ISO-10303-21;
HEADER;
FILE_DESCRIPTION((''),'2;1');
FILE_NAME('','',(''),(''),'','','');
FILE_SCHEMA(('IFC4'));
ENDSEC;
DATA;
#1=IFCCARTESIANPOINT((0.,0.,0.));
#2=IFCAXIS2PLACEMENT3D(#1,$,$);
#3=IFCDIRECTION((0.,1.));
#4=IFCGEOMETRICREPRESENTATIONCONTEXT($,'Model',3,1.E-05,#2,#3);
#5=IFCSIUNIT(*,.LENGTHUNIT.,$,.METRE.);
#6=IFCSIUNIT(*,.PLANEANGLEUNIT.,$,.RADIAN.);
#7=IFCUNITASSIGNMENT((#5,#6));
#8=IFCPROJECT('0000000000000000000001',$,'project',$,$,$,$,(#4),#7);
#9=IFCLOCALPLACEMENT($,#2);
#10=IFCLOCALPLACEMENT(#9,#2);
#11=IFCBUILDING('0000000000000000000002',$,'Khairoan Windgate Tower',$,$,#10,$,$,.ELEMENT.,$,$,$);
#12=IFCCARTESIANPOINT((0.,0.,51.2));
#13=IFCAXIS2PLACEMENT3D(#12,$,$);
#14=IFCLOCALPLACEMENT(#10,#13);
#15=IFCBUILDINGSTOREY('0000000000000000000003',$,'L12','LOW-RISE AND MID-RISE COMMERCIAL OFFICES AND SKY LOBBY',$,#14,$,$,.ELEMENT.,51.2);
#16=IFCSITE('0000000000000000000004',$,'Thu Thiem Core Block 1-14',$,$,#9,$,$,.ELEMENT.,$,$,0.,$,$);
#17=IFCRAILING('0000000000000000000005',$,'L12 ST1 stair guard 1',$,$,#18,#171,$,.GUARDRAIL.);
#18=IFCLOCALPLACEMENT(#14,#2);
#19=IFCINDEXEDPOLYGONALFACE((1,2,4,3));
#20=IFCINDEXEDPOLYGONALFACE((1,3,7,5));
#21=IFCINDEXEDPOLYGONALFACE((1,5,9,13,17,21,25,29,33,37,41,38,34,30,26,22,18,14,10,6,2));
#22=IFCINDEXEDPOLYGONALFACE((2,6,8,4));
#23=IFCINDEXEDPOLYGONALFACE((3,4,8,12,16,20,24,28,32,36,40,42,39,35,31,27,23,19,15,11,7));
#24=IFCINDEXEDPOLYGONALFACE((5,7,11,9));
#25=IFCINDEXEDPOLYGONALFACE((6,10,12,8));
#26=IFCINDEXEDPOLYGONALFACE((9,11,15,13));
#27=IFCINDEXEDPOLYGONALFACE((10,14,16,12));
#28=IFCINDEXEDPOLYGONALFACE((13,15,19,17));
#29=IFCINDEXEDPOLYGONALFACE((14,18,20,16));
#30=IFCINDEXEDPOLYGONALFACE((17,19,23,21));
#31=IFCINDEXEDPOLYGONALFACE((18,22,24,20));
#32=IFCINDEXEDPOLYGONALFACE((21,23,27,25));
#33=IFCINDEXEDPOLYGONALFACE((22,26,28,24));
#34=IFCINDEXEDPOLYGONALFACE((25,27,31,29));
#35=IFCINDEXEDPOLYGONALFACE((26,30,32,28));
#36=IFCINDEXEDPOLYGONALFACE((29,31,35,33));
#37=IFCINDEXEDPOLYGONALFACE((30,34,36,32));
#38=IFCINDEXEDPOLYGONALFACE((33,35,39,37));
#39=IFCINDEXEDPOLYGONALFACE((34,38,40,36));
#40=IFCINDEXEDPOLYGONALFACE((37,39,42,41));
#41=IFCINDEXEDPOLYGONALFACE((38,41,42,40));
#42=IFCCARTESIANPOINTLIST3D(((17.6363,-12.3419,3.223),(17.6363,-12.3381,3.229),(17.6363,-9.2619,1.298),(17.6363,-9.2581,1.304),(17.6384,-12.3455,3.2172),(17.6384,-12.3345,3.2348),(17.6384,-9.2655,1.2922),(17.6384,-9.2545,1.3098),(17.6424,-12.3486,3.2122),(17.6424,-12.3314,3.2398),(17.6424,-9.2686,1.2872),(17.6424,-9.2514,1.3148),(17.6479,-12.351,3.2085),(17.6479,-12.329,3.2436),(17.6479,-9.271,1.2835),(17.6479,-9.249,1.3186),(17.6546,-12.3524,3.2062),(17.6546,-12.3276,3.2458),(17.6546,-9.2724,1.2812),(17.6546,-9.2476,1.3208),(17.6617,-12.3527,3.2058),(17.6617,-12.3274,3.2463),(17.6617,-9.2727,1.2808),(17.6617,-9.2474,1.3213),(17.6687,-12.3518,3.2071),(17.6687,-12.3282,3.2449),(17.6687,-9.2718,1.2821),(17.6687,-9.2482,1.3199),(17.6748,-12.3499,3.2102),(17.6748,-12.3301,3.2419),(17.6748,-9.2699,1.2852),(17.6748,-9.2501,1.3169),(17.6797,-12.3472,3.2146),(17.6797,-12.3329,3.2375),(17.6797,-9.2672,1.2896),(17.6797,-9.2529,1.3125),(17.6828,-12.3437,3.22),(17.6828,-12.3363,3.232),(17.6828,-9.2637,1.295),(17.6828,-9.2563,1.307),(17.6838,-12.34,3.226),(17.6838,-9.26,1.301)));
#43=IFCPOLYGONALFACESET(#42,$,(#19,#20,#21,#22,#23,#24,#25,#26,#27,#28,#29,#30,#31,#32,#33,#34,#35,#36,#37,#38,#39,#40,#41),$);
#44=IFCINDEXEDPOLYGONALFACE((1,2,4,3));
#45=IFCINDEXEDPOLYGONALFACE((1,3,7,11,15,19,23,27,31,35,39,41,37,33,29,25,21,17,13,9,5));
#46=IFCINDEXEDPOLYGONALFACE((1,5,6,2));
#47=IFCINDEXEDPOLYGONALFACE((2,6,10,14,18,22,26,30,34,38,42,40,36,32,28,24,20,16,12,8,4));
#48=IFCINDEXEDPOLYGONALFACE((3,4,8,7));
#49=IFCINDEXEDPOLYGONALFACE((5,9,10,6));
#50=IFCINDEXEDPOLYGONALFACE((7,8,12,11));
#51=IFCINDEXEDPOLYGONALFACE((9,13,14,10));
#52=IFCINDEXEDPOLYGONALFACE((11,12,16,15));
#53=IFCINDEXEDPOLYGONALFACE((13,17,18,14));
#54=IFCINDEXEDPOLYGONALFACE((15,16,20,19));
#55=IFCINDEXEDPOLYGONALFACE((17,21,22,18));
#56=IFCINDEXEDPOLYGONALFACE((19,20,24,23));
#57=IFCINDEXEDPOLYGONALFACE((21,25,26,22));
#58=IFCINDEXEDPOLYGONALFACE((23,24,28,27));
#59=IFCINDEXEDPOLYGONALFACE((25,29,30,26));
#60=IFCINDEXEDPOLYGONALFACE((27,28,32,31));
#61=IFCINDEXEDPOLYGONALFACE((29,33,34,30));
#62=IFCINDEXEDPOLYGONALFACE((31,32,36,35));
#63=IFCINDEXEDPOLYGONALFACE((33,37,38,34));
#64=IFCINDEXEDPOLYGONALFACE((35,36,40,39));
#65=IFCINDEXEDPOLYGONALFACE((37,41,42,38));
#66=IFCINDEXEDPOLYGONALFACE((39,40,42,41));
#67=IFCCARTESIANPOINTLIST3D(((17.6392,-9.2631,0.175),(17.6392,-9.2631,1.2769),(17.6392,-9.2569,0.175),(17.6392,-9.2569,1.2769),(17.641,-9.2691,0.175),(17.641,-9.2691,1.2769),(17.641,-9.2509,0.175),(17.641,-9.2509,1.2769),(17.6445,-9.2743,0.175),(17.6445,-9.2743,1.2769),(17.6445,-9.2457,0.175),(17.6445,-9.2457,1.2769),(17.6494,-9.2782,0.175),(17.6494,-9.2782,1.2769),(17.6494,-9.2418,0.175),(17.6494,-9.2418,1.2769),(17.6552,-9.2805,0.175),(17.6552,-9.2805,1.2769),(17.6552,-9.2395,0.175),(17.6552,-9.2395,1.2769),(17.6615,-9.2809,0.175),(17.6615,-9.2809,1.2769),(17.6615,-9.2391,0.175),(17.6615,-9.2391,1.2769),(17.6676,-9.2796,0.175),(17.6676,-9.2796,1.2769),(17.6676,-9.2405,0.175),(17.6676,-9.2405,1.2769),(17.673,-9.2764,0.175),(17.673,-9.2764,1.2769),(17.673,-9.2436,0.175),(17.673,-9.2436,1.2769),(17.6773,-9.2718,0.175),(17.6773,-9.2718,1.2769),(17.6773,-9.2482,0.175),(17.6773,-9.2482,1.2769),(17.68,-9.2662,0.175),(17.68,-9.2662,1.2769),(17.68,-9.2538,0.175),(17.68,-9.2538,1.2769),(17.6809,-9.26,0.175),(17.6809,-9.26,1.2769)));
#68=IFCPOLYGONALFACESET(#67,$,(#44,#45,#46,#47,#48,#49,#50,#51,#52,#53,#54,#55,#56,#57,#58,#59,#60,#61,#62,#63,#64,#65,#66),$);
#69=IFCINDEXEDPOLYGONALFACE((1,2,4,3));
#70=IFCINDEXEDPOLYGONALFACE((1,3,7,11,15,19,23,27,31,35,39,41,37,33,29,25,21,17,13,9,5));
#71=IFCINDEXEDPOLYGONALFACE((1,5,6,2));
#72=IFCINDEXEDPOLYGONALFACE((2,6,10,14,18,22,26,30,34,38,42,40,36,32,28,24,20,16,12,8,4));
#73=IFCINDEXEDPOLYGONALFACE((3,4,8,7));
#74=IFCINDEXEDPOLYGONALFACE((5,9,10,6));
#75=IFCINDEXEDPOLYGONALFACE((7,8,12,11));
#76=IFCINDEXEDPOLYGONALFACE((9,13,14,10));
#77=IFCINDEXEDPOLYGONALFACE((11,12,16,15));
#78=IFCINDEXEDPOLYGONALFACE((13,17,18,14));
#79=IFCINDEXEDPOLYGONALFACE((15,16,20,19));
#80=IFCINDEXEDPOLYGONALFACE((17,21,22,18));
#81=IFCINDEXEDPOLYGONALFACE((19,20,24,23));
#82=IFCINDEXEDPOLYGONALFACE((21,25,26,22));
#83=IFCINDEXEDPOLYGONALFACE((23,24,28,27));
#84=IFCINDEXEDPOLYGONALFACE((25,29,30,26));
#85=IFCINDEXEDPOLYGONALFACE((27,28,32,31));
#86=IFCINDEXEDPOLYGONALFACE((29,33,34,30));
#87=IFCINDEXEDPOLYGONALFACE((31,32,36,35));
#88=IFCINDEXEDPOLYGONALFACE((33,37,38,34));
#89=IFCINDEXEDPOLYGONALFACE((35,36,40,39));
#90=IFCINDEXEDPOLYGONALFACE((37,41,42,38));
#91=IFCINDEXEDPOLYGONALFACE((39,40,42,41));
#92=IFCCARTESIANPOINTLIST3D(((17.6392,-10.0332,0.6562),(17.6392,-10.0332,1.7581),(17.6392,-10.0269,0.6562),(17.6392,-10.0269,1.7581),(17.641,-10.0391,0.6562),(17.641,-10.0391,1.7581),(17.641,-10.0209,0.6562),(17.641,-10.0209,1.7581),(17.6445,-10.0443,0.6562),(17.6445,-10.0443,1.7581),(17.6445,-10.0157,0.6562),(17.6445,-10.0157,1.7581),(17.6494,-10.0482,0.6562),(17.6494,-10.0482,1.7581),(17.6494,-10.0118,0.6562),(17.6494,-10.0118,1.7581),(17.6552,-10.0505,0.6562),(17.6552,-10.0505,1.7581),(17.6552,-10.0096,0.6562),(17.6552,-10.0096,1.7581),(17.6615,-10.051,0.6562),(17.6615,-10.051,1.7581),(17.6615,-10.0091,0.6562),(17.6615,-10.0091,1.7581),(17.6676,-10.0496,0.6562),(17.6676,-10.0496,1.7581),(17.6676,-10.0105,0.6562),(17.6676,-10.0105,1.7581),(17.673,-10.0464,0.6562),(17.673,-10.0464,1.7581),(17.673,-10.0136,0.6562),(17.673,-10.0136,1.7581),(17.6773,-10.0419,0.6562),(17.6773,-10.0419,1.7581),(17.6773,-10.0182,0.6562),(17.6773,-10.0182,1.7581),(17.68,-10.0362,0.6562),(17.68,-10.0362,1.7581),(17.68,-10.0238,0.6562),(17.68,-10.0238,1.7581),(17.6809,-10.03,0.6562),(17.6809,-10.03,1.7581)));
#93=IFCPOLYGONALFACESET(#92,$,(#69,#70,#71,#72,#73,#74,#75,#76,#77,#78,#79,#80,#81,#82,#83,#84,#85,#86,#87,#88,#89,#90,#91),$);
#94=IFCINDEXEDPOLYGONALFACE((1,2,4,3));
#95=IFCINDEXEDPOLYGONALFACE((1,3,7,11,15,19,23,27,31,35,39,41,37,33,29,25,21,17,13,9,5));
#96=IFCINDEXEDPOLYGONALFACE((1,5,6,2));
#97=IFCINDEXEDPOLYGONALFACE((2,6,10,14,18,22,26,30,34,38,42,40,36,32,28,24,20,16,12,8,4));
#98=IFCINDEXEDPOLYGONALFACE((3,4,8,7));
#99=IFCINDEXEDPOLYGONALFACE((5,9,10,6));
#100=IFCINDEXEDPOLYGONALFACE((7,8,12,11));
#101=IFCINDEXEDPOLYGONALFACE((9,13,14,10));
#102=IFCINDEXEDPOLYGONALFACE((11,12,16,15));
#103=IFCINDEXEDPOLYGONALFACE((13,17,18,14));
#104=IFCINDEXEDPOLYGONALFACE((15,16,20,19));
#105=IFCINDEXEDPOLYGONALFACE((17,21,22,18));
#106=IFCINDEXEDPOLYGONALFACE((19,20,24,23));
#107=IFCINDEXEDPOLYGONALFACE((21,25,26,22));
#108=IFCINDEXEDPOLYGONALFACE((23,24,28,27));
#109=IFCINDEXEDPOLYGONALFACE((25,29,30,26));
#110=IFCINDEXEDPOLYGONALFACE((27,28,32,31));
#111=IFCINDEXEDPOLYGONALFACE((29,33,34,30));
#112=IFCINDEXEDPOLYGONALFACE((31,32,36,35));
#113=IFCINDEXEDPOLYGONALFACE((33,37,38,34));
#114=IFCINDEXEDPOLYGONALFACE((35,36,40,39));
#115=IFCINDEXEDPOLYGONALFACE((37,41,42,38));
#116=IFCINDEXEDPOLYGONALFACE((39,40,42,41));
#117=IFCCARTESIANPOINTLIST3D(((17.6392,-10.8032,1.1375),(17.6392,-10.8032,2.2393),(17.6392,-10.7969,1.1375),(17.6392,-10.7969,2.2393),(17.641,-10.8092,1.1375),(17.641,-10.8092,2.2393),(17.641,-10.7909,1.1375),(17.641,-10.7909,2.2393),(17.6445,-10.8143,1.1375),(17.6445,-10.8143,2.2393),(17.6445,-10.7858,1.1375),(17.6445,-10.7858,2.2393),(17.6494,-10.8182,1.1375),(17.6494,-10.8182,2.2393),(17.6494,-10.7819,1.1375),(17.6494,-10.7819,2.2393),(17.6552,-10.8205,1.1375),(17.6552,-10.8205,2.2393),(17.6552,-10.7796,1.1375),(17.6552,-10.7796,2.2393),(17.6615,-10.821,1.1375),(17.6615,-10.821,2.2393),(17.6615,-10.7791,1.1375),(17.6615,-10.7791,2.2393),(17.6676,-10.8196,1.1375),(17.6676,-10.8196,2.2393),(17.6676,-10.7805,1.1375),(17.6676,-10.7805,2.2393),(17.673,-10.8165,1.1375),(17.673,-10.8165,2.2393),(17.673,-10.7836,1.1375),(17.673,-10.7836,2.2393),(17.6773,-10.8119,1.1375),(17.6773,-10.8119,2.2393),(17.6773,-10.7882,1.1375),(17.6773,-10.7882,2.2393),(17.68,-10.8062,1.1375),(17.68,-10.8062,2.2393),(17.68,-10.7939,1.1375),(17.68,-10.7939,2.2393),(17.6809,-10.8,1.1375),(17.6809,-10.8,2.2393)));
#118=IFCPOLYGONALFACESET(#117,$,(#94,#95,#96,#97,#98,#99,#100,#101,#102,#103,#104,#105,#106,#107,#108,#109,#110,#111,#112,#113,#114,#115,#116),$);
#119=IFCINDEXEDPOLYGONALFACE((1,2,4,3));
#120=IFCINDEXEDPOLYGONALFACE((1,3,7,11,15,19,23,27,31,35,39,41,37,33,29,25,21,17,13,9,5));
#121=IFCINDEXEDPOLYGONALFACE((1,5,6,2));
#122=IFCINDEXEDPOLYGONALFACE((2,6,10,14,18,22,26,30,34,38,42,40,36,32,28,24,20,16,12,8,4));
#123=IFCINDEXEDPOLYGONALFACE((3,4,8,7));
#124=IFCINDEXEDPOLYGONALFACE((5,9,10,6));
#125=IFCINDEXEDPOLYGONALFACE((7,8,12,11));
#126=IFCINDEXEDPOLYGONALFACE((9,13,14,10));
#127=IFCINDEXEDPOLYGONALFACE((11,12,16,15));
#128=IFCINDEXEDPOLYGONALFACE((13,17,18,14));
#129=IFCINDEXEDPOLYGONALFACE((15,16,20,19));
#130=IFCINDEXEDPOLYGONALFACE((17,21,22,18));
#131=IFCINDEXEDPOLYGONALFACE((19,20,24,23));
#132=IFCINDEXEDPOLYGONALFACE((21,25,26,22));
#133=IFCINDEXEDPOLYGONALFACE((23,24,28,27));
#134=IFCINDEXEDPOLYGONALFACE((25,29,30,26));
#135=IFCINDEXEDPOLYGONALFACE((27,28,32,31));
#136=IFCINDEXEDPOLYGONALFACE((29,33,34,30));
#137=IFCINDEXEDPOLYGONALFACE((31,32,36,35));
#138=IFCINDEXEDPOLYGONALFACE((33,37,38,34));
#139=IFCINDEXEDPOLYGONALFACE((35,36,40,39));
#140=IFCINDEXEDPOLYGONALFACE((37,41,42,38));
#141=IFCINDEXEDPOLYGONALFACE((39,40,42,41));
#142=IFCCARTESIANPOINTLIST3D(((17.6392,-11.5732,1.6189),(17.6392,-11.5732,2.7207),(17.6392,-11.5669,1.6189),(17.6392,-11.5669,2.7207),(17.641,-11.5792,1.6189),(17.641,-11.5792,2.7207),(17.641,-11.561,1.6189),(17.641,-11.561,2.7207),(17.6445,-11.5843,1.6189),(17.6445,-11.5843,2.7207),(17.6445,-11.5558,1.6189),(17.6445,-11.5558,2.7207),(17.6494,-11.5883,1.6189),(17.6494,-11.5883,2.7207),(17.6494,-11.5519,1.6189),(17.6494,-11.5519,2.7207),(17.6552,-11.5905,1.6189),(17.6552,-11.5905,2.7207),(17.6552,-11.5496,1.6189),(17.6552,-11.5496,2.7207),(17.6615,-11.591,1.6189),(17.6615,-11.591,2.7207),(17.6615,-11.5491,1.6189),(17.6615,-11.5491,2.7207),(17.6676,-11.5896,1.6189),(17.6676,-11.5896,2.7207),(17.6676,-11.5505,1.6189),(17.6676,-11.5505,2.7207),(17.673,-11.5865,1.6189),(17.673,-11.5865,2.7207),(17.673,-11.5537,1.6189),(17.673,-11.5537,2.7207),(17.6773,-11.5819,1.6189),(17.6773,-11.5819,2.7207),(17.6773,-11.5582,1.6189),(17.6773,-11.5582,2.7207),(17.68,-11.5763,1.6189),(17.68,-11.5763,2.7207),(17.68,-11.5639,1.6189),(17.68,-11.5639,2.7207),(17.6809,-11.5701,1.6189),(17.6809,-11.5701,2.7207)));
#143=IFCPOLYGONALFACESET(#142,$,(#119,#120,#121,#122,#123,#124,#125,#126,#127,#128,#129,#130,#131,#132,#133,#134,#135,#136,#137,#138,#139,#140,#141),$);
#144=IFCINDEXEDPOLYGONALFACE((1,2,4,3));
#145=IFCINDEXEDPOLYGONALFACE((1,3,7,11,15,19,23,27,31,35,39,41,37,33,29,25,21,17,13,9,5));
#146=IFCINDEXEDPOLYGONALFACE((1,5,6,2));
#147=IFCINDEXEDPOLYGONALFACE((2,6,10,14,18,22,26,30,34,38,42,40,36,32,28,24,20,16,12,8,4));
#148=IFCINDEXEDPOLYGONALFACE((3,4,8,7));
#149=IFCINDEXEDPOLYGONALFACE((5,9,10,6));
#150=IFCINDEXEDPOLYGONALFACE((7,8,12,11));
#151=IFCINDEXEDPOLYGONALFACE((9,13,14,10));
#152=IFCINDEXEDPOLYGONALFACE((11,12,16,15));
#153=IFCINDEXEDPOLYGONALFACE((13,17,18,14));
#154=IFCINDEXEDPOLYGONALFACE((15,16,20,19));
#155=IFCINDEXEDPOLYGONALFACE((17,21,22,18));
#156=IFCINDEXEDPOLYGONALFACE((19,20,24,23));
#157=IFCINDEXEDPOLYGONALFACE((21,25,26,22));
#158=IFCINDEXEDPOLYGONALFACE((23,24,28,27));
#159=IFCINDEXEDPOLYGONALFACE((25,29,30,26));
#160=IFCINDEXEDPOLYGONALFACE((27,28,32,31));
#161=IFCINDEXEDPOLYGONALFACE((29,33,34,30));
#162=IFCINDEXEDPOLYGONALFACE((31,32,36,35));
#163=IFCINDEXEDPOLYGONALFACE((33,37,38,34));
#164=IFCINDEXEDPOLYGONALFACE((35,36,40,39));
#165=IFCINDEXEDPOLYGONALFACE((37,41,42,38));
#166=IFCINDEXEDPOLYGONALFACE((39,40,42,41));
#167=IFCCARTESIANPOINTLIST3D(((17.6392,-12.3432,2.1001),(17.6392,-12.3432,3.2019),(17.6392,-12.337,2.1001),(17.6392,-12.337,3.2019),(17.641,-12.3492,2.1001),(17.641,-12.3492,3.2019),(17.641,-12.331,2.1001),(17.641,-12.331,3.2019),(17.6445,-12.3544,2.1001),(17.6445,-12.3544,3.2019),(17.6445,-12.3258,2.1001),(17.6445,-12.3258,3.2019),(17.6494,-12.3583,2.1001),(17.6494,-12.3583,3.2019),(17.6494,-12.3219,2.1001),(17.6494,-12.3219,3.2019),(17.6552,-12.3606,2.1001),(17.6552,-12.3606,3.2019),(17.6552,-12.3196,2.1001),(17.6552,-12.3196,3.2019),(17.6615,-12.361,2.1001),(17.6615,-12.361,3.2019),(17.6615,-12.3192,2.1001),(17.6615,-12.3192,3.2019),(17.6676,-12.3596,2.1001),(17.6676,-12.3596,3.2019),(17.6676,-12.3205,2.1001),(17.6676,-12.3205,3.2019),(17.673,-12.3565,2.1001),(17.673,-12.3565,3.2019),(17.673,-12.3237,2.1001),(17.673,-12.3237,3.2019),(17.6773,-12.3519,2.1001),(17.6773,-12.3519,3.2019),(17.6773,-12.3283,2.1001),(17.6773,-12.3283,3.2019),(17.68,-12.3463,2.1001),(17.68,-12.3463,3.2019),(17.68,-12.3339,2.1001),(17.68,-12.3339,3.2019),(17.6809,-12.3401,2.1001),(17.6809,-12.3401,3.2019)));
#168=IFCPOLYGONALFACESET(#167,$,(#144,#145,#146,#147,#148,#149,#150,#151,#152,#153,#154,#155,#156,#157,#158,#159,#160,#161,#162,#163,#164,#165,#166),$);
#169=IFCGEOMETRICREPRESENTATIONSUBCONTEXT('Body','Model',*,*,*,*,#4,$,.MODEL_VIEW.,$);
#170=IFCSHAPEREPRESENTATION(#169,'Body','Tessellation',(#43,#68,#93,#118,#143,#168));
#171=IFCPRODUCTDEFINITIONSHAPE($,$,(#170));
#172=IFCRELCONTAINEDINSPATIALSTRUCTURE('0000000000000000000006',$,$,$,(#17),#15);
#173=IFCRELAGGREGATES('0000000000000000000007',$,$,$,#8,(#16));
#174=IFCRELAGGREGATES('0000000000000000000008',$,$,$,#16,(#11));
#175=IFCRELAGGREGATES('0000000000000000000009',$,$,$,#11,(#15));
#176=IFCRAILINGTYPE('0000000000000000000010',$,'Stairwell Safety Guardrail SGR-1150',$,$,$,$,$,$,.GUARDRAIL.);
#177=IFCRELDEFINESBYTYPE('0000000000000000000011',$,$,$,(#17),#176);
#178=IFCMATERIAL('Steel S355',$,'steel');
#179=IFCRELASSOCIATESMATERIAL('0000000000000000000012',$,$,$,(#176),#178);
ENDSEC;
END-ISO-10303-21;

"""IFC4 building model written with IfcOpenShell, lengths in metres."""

from ifc_helpers import new_model, si_unit, direction, frame, origin, origin_2d, place, context, subcontext, project, spatial, circle, extrude, material, type_object, element, save


model = new_model("IFC4")

# Units and contexts
model_context = context("Model", 3, precision=1e-05, world=origin(), true_north=direction((0.0, 1.0)))
body_context = subcontext(model_context, "Body", "Model", "MODEL_VIEW")
ifc_project = project(units=[si_unit("LENGTHUNIT", "METRE"), si_unit("PLANEANGLEUNIT", "RADIAN")], contexts=[model_context])

# Site, building, storey
site_placement = place(None, origin())
site = spatial("IfcSite", under=ifc_project, at=site_placement, Name="Thu Thiem Core Block 1-14", CompositionType="ELEMENT", RefElevation=0.0)
building_placement = place(site_placement, origin())
building = spatial("IfcBuilding", under=site, at=building_placement, Name="Khairoan Windgate Tower", CompositionType="ELEMENT")
storey_placement = place(building_placement, frame((0.0, 0.0, 51.2)))
storey = spatial("IfcBuildingStorey", under=building, at=storey_placement, Name="L12", Description="LOW-RISE AND MID-RISE COMMERCIAL OFFICES AND SKY LOBBY", CompositionType="ELEMENT", Elevation=51.2)

# Railing
ifc_material_1 = material(Name="Steel S355", Category="steel")
railing_type_1 = type_object("IfcRailingType", Name="Stairwell Safety Guardrail SGR-1150", PredefinedType="GUARDRAIL", material=ifc_material_1)
railing_1_placement = place(storey_placement, frame((17.6599, -9.26, 0.175)))
element("IfcRailing", 1, at=railing_1_placement, inside=storey, type_object=railing_type_1, Name="L12 ST1 stair guard 1", PredefinedType="GUARDRAIL", context=body_context, shape_type="SweptSolid", body=[
    extrude(circle(Radius=0.0239, at=origin_2d()), frame((0.0, 0.0, 1.126), z_axis=(0.0, -0.847998, 0.529999), x_axis=(1.0, 0.0, 0.0)), (0.0, 0.0, 1.0), 3.6321),
    extrude(circle(Radius=0.021, at=origin_2d()), origin(), (0.0, 0.0, 1.0), 1.1018),
    extrude(circle(Radius=0.021, at=origin_2d()), frame((0.0, -0.77, 0.4812)), (0.0, 0.0, 1.0), 1.1018),
    extrude(circle(Radius=0.021, at=origin_2d()), frame((0.0, -1.54, 0.9624)), (0.0, 0.0, 1.0), 1.1018),
    extrude(circle(Radius=0.021, at=origin_2d()), frame((0.0, -2.3101, 1.4438)), (0.0, 0.0, 1.0), 1.1018),
    extrude(circle(Radius=0.021, at=origin_2d()), frame((0.0, -3.0801, 1.925)), (0.0, 0.0, 1.0), 1.1018),
])

save(model, "model.ifc")
